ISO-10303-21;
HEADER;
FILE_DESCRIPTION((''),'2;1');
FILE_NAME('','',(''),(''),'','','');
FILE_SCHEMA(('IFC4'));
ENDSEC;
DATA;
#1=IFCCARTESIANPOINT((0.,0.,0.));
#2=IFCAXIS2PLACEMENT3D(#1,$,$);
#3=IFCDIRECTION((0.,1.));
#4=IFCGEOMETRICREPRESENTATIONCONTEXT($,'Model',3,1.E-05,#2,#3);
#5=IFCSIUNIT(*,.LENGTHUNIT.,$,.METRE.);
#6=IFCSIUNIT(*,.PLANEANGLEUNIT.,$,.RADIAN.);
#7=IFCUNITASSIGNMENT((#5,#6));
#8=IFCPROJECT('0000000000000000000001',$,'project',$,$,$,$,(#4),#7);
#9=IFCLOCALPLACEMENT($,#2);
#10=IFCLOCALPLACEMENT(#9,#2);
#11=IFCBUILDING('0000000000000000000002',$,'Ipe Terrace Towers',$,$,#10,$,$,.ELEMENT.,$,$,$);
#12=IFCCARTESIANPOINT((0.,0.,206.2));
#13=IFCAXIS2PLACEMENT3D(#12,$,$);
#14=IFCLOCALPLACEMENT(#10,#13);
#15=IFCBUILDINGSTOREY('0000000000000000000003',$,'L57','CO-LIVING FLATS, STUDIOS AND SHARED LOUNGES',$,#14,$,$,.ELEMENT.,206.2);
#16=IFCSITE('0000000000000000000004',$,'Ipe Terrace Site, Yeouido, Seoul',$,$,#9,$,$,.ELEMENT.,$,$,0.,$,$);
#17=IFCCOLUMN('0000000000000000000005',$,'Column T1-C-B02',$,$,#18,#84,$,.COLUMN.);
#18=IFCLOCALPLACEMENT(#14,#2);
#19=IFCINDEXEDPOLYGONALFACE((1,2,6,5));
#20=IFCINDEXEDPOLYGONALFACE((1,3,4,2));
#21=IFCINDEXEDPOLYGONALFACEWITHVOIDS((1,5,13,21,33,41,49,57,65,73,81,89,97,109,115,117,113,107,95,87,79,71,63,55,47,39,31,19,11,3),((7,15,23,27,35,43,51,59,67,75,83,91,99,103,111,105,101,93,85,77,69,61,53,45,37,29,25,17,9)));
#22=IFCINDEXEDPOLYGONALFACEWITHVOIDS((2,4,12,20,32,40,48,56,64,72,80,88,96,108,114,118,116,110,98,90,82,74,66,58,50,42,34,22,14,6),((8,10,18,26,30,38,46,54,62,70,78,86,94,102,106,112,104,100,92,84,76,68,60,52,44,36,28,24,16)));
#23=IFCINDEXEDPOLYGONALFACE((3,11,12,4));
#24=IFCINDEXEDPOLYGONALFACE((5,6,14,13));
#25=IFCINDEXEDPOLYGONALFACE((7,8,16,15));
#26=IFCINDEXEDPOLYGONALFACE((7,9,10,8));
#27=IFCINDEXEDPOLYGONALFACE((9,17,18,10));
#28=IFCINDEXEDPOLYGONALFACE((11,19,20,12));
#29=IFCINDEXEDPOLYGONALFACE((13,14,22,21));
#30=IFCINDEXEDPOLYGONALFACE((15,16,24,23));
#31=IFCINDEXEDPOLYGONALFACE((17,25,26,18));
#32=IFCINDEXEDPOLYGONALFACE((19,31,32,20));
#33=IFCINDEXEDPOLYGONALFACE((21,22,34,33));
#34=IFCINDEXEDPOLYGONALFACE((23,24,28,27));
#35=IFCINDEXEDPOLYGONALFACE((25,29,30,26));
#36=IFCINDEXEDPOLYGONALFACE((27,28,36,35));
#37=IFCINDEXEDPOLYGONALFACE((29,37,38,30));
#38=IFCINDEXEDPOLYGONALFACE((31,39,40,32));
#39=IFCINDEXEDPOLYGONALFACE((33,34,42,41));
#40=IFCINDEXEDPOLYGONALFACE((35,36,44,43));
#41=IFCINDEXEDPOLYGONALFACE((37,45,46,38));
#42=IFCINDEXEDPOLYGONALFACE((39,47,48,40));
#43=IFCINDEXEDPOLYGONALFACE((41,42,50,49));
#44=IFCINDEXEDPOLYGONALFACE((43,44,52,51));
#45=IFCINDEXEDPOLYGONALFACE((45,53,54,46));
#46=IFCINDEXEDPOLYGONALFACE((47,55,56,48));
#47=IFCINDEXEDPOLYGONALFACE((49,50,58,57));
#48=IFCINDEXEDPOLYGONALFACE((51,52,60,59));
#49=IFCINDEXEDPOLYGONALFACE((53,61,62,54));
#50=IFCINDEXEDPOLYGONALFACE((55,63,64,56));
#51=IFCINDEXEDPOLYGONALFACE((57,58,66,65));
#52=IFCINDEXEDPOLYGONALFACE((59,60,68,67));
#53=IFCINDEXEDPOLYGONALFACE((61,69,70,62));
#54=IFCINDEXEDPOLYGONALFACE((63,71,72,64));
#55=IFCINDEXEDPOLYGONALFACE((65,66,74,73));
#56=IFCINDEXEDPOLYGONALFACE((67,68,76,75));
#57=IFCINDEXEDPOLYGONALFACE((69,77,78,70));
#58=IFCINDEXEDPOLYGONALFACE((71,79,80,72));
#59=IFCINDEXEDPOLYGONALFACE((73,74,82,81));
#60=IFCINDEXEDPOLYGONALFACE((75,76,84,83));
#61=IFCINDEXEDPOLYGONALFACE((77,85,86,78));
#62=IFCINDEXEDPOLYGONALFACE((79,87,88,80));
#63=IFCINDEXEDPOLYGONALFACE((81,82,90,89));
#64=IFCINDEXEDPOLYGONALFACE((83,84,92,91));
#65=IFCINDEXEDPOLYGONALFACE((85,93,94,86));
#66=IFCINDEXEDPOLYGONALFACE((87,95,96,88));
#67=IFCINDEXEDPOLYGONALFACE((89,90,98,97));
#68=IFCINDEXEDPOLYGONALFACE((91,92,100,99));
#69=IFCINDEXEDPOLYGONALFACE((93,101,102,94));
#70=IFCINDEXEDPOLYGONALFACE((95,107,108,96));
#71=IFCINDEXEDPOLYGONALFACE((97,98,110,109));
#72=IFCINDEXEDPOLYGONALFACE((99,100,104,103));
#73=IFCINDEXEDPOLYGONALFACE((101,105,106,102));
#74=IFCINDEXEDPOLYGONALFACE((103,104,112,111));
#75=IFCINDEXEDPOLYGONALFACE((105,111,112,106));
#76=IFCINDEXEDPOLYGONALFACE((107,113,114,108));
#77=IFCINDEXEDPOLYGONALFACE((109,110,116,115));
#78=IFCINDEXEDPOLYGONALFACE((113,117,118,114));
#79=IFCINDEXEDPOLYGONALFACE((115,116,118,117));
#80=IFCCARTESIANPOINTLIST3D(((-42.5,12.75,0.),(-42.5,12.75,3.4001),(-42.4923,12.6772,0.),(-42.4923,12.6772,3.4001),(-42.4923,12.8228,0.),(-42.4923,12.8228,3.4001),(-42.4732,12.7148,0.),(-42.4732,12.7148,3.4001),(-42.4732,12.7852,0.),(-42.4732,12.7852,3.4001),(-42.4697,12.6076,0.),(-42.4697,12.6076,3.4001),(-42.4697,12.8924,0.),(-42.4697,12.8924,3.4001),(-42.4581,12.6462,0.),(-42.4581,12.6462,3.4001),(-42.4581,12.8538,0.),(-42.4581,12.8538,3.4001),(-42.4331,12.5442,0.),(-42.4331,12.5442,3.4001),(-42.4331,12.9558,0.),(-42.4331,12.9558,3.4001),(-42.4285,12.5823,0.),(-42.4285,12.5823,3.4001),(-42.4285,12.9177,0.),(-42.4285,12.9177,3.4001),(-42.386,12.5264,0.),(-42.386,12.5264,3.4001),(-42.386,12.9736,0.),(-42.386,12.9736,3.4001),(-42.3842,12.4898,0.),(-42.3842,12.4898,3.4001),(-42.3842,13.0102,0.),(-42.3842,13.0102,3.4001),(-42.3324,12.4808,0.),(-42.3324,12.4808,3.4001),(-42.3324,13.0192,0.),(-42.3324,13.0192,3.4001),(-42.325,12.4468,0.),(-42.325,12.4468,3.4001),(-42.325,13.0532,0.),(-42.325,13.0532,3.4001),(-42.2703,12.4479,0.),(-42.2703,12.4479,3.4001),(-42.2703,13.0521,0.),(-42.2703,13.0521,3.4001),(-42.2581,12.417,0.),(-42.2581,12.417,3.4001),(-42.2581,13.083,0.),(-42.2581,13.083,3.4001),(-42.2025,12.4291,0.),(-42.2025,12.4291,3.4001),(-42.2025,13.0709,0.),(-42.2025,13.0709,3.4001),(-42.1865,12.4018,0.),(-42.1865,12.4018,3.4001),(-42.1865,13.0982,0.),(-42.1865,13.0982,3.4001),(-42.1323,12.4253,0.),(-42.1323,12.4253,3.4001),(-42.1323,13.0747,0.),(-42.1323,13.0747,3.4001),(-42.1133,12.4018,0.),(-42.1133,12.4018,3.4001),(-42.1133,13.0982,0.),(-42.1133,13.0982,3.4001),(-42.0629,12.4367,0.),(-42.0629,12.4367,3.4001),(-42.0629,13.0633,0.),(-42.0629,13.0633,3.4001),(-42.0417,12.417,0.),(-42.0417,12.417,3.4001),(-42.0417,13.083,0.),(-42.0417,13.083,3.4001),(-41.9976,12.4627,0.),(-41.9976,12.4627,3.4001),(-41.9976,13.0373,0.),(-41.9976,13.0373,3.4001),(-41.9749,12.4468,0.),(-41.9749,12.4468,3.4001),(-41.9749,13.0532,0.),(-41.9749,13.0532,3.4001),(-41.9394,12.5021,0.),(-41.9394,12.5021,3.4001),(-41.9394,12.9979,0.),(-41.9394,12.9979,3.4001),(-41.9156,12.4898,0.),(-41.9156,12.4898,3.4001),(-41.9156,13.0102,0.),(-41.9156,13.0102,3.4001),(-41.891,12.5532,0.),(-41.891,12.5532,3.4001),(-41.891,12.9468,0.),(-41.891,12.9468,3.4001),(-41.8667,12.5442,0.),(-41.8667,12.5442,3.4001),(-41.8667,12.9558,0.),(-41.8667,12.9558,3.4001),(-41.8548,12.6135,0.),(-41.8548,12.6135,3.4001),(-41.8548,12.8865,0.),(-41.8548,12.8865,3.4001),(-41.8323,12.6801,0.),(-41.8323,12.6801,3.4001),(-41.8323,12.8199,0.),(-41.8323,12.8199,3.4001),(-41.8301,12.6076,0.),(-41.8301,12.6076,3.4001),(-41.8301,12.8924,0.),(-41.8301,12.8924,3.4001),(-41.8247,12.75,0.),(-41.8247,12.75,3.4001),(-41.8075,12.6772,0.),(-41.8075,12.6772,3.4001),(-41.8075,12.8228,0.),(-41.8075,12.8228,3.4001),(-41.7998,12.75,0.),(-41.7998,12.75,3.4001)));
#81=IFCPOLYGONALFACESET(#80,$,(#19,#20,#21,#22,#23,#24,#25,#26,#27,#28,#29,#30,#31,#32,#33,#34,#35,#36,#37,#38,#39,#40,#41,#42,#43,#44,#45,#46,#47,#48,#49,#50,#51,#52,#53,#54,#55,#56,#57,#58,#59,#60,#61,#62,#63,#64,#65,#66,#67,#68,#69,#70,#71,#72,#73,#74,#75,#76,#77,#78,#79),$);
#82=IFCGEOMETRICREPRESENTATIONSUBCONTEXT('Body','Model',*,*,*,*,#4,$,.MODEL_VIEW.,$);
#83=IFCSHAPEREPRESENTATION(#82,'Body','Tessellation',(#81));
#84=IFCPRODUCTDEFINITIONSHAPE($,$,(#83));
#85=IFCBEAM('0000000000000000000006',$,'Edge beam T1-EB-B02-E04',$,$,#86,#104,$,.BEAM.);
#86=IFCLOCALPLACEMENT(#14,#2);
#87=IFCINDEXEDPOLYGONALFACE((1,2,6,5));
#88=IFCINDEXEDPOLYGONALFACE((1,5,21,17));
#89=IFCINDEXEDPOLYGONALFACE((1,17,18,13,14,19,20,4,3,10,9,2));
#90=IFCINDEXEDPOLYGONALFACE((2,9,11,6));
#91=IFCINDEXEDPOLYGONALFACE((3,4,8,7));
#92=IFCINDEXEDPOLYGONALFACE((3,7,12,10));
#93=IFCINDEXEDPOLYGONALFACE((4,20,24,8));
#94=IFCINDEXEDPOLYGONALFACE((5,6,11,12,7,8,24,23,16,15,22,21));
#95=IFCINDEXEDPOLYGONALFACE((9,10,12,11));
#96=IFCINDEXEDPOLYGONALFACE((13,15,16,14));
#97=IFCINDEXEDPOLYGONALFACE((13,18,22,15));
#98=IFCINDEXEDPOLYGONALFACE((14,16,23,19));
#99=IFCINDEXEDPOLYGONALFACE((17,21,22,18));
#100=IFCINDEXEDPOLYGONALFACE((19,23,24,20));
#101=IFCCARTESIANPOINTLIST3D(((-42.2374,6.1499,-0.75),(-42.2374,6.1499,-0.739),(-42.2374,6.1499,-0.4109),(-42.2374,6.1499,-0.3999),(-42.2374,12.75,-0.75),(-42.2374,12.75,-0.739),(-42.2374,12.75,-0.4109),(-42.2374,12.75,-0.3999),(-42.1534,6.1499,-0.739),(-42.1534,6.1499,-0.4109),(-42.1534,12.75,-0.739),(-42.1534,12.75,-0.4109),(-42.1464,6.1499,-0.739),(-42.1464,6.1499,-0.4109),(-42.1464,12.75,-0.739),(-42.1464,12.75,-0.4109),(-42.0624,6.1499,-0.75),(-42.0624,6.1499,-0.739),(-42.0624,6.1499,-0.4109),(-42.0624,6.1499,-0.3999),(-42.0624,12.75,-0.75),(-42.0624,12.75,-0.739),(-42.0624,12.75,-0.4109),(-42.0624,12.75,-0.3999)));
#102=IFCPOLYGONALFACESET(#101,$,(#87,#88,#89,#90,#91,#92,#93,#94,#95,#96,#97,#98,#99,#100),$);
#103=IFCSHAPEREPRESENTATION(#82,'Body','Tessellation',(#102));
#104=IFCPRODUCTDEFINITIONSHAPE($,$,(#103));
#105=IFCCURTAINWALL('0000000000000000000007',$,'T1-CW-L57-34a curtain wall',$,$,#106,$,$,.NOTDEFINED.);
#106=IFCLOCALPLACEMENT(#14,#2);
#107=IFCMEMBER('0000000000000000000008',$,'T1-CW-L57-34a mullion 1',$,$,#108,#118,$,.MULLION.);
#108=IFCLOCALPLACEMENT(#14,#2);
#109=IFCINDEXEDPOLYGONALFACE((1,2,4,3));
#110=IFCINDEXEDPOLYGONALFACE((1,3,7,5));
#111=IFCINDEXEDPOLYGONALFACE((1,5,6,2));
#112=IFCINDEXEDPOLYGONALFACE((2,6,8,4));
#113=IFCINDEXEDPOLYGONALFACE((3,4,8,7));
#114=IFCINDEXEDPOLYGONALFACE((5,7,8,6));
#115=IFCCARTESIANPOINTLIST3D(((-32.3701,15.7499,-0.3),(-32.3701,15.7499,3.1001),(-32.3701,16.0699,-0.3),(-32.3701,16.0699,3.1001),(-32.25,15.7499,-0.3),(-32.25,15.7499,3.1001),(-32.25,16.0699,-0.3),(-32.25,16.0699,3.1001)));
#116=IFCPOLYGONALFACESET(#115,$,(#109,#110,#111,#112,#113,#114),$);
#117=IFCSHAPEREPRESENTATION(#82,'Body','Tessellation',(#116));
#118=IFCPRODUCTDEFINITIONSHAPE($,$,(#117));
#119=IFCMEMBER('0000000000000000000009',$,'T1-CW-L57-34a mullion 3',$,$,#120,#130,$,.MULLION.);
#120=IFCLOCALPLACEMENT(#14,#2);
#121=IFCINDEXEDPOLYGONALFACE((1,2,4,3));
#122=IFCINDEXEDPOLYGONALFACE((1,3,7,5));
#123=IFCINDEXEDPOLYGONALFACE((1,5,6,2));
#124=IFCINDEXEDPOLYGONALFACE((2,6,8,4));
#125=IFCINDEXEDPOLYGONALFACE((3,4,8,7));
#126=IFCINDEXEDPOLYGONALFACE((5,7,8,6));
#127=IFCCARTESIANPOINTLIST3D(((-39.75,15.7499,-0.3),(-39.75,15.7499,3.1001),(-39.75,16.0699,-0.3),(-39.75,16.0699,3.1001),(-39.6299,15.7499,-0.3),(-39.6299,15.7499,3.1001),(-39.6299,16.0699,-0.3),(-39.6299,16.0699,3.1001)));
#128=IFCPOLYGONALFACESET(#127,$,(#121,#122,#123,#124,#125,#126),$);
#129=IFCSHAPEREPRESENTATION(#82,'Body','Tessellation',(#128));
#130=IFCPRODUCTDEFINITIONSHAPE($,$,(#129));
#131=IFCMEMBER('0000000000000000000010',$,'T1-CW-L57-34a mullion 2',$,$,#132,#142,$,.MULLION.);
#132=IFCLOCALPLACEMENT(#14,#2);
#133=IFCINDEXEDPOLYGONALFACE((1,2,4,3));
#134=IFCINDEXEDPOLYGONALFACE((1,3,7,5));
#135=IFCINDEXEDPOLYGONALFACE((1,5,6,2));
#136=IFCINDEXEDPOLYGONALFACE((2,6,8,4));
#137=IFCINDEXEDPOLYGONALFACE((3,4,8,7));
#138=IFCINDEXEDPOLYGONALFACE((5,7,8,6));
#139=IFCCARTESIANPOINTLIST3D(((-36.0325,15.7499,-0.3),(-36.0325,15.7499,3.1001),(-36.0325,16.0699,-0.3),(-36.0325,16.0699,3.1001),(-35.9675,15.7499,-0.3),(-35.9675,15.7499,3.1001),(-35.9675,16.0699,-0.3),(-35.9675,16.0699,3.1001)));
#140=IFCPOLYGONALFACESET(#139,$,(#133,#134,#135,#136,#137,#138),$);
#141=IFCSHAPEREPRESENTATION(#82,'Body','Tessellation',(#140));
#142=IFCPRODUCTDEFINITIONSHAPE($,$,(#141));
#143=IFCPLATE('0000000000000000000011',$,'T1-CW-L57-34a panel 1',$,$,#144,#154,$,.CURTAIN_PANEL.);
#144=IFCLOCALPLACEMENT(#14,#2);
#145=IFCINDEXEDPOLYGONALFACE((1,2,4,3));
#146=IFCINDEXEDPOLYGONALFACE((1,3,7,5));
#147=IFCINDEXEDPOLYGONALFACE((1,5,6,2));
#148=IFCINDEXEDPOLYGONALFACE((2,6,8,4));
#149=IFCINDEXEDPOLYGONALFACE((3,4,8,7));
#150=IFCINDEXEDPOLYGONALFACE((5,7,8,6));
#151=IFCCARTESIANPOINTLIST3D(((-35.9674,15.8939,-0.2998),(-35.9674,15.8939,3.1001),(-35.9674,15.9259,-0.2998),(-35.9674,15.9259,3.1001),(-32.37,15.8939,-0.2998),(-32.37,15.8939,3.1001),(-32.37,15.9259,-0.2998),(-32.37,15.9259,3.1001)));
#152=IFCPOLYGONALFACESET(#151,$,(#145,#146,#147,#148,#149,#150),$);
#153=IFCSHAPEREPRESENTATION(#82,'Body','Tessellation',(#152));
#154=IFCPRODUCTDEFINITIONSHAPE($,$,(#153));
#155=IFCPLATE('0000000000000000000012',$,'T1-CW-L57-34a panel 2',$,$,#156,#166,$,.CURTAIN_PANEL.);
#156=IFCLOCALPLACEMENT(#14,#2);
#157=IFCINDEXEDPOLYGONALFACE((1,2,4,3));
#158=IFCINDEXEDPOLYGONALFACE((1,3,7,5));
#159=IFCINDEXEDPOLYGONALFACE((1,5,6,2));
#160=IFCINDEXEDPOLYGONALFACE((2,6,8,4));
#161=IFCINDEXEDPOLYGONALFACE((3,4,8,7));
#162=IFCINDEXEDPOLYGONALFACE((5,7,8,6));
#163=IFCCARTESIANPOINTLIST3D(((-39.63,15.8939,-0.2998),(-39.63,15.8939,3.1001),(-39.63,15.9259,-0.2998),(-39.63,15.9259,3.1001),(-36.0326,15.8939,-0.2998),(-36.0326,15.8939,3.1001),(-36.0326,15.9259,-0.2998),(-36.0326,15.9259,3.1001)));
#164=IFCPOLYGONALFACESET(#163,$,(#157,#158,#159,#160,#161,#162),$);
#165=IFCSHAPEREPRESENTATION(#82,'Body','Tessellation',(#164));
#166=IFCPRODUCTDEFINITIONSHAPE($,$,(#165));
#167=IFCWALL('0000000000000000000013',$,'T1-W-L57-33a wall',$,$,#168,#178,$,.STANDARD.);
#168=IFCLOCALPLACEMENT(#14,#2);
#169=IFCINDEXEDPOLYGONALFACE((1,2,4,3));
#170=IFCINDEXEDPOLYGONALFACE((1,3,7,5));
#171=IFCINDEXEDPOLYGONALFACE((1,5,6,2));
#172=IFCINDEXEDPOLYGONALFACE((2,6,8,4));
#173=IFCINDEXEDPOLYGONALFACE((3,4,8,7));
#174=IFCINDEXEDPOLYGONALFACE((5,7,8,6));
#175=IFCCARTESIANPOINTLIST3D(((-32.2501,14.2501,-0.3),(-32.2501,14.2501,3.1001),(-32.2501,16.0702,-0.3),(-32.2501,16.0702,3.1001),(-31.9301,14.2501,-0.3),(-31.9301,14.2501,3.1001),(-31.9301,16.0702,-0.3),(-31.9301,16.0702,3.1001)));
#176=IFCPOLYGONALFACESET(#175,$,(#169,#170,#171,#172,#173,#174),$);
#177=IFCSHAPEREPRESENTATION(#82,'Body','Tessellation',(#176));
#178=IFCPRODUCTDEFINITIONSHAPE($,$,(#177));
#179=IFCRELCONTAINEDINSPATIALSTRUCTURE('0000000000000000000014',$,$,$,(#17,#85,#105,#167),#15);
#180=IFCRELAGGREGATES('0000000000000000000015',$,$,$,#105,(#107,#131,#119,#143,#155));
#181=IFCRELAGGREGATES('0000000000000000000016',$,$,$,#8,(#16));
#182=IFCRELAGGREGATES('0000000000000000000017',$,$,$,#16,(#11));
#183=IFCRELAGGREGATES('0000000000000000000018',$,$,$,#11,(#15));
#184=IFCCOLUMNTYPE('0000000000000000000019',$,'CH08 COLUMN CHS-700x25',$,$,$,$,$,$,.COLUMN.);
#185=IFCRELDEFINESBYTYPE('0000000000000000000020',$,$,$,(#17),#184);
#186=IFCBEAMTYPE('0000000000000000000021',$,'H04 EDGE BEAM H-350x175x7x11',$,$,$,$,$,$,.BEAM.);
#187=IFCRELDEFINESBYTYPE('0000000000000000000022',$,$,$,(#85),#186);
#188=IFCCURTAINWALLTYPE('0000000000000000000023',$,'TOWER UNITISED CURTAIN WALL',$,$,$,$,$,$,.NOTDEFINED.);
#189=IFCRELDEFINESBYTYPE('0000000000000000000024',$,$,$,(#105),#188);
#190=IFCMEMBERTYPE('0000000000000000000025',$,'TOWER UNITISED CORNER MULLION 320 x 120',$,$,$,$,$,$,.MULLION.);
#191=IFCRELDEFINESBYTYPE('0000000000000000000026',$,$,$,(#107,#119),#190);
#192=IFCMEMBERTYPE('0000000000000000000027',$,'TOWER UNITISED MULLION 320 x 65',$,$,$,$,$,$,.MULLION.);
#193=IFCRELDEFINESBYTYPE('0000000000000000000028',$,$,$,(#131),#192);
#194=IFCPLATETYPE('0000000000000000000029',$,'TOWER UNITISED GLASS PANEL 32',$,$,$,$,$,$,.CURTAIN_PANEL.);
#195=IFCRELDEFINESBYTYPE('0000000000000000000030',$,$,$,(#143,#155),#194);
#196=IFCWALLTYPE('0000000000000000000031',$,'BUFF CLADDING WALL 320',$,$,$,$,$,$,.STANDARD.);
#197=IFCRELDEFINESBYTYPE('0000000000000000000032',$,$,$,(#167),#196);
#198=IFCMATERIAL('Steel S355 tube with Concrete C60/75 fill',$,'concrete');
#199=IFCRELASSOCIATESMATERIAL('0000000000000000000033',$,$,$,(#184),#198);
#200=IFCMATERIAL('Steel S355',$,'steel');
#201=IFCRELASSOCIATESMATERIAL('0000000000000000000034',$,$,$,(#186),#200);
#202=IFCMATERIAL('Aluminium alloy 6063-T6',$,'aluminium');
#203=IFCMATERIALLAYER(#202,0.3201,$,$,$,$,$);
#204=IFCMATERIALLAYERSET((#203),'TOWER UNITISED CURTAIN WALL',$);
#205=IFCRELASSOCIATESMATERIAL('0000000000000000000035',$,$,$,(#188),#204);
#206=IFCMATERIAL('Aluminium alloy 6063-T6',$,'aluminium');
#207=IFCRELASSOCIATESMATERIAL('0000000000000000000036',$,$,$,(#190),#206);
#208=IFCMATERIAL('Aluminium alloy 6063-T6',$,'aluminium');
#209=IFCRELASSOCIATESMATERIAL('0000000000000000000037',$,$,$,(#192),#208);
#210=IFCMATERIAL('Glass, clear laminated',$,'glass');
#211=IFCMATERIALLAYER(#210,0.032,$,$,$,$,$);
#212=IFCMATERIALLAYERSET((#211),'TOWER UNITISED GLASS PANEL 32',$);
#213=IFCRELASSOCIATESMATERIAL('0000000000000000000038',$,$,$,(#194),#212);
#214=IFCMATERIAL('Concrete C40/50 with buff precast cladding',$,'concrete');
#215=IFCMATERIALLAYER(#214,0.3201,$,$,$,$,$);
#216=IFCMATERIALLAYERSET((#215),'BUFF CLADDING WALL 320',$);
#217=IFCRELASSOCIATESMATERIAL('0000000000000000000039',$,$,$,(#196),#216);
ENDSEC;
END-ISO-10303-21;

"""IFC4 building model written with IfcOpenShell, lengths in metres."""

from ifc_helpers import new_model, si_unit, direction, frame, frame_2d, origin, origin_2d, place, context, subcontext, project, spatial, rectangle, hollow_circle, i_section, extrude, material, layer, layer_set, material_profile, profile_set, type_object, element, aggregate, save


model = new_model("IFC4")

# Units and contexts
model_context = context("Model", 3, precision=1e-05, world=origin(), true_north=direction((0.0, 1.0)))
body_context = subcontext(model_context, "Body", "Model", "MODEL_VIEW")
ifc_project = project(units=[si_unit("LENGTHUNIT", "METRE"), si_unit("PLANEANGLEUNIT", "RADIAN")], contexts=[model_context])

# Site, building, storey
site_placement = place(None, origin())
site = spatial("IfcSite", under=ifc_project, at=site_placement, Name="Ipe Terrace Site, Yeouido, Seoul", CompositionType="ELEMENT", RefElevation=0.0)
building_placement = place(site_placement, origin())
building = spatial("IfcBuilding", under=site, at=building_placement, Name="Ipe Terrace Towers", CompositionType="ELEMENT")
storey_placement = place(building_placement, frame((0.0, 0.0, 206.2)))
storey = spatial("IfcBuildingStorey", under=building, at=storey_placement, Name="L57", Description="CO-LIVING FLATS, STUDIOS AND SHARED LOUNGES", CompositionType="ELEMENT", Elevation=206.2)

# Column
ifc_material_1 = material(Name="Steel S355 tube with Concrete C60/75 fill", Category="concrete")
ifc_material_profile_1 = material_profile(ifc_material_1, hollow_circle(Radius=0.3501, WallThickness=0.0249, at=origin_2d()), Name="CHS-700x25")
ifc_profile_set_1 = profile_set([ifc_material_profile_1], Name="Steel S355 tube with Concrete C60/75 fill")
column_type = type_object("IfcColumnType", Name="CH08 COLUMN CHS-700x25", PredefinedType="COLUMN", material=ifc_profile_set_1)
column_placement = place(storey_placement, frame((-42.1499, 12.75, 0.0), z_axis=(0.0, 0.0, 1.0), x_axis=(1.0, 0.0, 0.0)))
element("IfcColumn", 1, at=column_placement, inside=storey, type_object=column_type, Name="Column T1-C-B02", PredefinedType="COLUMN", context=body_context, shape_type="SweptSolid", body=[
    extrude(hollow_circle(Radius=0.3501, WallThickness=0.0249, at=origin_2d()), origin(), (0.0, 0.0, 1.0), 3.4001),
])

# Beam
ifc_material_2 = material(Name="Steel S355", Category="steel")
ifc_material_profile_2 = material_profile(ifc_material_2, i_section(OverallWidth=0.175, OverallDepth=0.3501, WebThickness=0.0071, FlangeThickness=0.011, at=origin_2d()), Name="H-350x175x7x11")
ifc_profile_set_2 = profile_set([ifc_material_profile_2], Name="Steel S355")
beam_type = type_object("IfcBeamType", Name="H04 EDGE BEAM H-350x175x7x11", PredefinedType="BEAM", material=ifc_profile_set_2)
beam_placement = place(storey_placement, frame((-42.1499, 12.75, -0.575), z_axis=(0.0, -1.0, 0.0), x_axis=(1.0, 0.0, 0.0)))
element("IfcBeam", 2, at=beam_placement, inside=storey, type_object=beam_type, Name="Edge beam T1-EB-B02-E04", PredefinedType="BEAM", context=body_context, shape_type="SweptSolid", body=[
    extrude(i_section(OverallWidth=0.175, OverallDepth=0.3501, WebThickness=0.0071, FlangeThickness=0.011, at=origin_2d()), origin(), (0.0, 0.0, 1.0), 6.6001),
])

# Curtain wall, members, plates
ifc_material_3 = material(Name="Aluminium alloy 6063-T6", Category="aluminium")
ifc_layer_1 = layer(ifc_material_3, 0.3201)
ifc_layer_set_1 = layer_set([ifc_layer_1], Name="TOWER UNITISED CURTAIN WALL")
curtain_wall_type = type_object("IfcCurtainWallType", Name="TOWER UNITISED CURTAIN WALL", PredefinedType="NOTDEFINED", material=ifc_layer_set_1)
curtain_wall_placement = place(storey_placement, origin())
curtain_wall = element("IfcCurtainWall", 3, at=curtain_wall_placement, inside=storey, type_object=curtain_wall_type, Name="T1-CW-L57-34a curtain wall", PredefinedType="NOTDEFINED")
ifc_material_4 = material(Name="Aluminium alloy 6063-T6", Category="aluminium")
ifc_material_profile_3 = material_profile(ifc_material_4, rectangle(XDim=0.3201, YDim=0.1201, at=origin_2d()), Name="TOWER UNITISED CORNER MULLION 320 x 120")
ifc_profile_set_3 = profile_set([ifc_material_profile_3], Name="Aluminium alloy 6063-T6")
member_type_1 = type_object("IfcMemberType", Name="TOWER UNITISED CORNER MULLION 320 x 120", PredefinedType="MULLION", material=ifc_profile_set_3)
member_1_placement = place(storey_placement, frame((-32.3101, 15.9099, -0.3), z_axis=(0.0, 0.0, 1.0), x_axis=(0.0, 1.0, 0.0)))
member_1 = element("IfcMember", 4, at=member_1_placement, type_object=member_type_1, Name="T1-CW-L57-34a mullion 1", PredefinedType="MULLION", context=body_context, shape_type="SweptSolid", body=[
    extrude(rectangle(XDim=0.3201, YDim=0.1201, at=origin_2d()), origin(), (0.0, 0.0, 1.0), 3.4001),
])
member_2_placement = place(storey_placement, frame((-39.6899, 15.9099, -0.3), z_axis=(0.0, 0.0, 1.0), x_axis=(0.0, 1.0, 0.0)))
member_2 = element("IfcMember", 5, at=member_2_placement, type_object=member_type_1, Name="T1-CW-L57-34a mullion 3", PredefinedType="MULLION", context=body_context, shape_type="SweptSolid", body=[
    extrude(rectangle(XDim=0.3201, YDim=0.1201, at=origin_2d()), origin(), (0.0, 0.0, 1.0), 3.4001),
])
ifc_material_5 = material(Name="Aluminium alloy 6063-T6", Category="aluminium")
ifc_material_profile_4 = material_profile(ifc_material_5, rectangle(XDim=0.3201, YDim=0.0649, at=origin_2d()), Name="TOWER UNITISED MULLION 320 x 65")
ifc_profile_set_4 = profile_set([ifc_material_profile_4], Name="Aluminium alloy 6063-T6")
member_type_2 = type_object("IfcMemberType", Name="TOWER UNITISED MULLION 320 x 65", PredefinedType="MULLION", material=ifc_profile_set_4)
member_3_placement = place(storey_placement, frame((-36.0, 15.9099, -0.3), z_axis=(0.0, 0.0, 1.0), x_axis=(0.0, 1.0, 0.0)))
member_3 = element("IfcMember", 6, at=member_3_placement, type_object=member_type_2, Name="T1-CW-L57-34a mullion 2", PredefinedType="MULLION", context=body_context, shape_type="SweptSolid", body=[
    extrude(rectangle(XDim=0.3201, YDim=0.0649, at=origin_2d()), origin(), (0.0, 0.0, 1.0), 3.4001),
])
ifc_material_6 = material(Name="Glass, clear laminated", Category="glass")
ifc_layer_2 = layer(ifc_material_6, 0.032)
ifc_layer_set_2 = layer_set([ifc_layer_2], Name="TOWER UNITISED GLASS PANEL 32")
plate_type = type_object("IfcPlateType", Name="TOWER UNITISED GLASS PANEL 32", PredefinedType="CURTAIN_PANEL", material=ifc_layer_set_2)
plate_1_placement = place(storey_placement, frame((-34.1687, 15.9099, -0.2998), z_axis=(0.0, 0.0, 1.0), x_axis=(-1.0, 0.0, 0.0)))
plate_1 = element("IfcPlate", 7, at=plate_1_placement, type_object=plate_type, Name="T1-CW-L57-34a panel 1", PredefinedType="CURTAIN_PANEL", context=body_context, shape_type="SweptSolid", body=[
    extrude(rectangle(XDim=3.5974, YDim=0.032, at=origin_2d()), origin(), (0.0, 0.0, 1.0), 3.3999),
])
plate_2_placement = place(storey_placement, frame((-37.8313, 15.9099, -0.2998), z_axis=(0.0, 0.0, 1.0), x_axis=(-1.0, 0.0, 0.0)))
plate_2 = element("IfcPlate", 8, at=plate_2_placement, type_object=plate_type, Name="T1-CW-L57-34a panel 2", PredefinedType="CURTAIN_PANEL", context=body_context, shape_type="SweptSolid", body=[
    extrude(rectangle(XDim=3.5974, YDim=0.032, at=origin_2d()), origin(), (0.0, 0.0, 1.0), 3.3999),
])
aggregate(curtain_wall, [member_1, member_3, member_2, plate_1, plate_2])

# Wall
ifc_material_7 = material(Name="Concrete C40/50 with buff precast cladding", Category="concrete")
ifc_layer_3 = layer(ifc_material_7, 0.3201)
ifc_layer_set_3 = layer_set([ifc_layer_3], Name="BUFF CLADDING WALL 320")
wall_type_1 = type_object("IfcWallType", Name="BUFF CLADDING WALL 320", PredefinedType="STANDARD", material=ifc_layer_set_3)
wall_1_placement = place(storey_placement, frame((-32.0901, 14.25, -0.3), z_axis=(0.0, 0.0, 1.0), x_axis=(0.0, 1.0, 0.0)))
element("IfcWall", 9, at=wall_1_placement, inside=storey, type_object=wall_type_1, Name="T1-W-L57-33a wall", PredefinedType="STANDARD", context=body_context, shape_type="SweptSolid", body=[
    extrude(rectangle(XDim=1.8201, YDim=0.3201, at=frame_2d((0.9102, 0.0))), origin(), (0.0, 0.0, 1.0), 3.4001),
])

save(model, "model.ifc")
